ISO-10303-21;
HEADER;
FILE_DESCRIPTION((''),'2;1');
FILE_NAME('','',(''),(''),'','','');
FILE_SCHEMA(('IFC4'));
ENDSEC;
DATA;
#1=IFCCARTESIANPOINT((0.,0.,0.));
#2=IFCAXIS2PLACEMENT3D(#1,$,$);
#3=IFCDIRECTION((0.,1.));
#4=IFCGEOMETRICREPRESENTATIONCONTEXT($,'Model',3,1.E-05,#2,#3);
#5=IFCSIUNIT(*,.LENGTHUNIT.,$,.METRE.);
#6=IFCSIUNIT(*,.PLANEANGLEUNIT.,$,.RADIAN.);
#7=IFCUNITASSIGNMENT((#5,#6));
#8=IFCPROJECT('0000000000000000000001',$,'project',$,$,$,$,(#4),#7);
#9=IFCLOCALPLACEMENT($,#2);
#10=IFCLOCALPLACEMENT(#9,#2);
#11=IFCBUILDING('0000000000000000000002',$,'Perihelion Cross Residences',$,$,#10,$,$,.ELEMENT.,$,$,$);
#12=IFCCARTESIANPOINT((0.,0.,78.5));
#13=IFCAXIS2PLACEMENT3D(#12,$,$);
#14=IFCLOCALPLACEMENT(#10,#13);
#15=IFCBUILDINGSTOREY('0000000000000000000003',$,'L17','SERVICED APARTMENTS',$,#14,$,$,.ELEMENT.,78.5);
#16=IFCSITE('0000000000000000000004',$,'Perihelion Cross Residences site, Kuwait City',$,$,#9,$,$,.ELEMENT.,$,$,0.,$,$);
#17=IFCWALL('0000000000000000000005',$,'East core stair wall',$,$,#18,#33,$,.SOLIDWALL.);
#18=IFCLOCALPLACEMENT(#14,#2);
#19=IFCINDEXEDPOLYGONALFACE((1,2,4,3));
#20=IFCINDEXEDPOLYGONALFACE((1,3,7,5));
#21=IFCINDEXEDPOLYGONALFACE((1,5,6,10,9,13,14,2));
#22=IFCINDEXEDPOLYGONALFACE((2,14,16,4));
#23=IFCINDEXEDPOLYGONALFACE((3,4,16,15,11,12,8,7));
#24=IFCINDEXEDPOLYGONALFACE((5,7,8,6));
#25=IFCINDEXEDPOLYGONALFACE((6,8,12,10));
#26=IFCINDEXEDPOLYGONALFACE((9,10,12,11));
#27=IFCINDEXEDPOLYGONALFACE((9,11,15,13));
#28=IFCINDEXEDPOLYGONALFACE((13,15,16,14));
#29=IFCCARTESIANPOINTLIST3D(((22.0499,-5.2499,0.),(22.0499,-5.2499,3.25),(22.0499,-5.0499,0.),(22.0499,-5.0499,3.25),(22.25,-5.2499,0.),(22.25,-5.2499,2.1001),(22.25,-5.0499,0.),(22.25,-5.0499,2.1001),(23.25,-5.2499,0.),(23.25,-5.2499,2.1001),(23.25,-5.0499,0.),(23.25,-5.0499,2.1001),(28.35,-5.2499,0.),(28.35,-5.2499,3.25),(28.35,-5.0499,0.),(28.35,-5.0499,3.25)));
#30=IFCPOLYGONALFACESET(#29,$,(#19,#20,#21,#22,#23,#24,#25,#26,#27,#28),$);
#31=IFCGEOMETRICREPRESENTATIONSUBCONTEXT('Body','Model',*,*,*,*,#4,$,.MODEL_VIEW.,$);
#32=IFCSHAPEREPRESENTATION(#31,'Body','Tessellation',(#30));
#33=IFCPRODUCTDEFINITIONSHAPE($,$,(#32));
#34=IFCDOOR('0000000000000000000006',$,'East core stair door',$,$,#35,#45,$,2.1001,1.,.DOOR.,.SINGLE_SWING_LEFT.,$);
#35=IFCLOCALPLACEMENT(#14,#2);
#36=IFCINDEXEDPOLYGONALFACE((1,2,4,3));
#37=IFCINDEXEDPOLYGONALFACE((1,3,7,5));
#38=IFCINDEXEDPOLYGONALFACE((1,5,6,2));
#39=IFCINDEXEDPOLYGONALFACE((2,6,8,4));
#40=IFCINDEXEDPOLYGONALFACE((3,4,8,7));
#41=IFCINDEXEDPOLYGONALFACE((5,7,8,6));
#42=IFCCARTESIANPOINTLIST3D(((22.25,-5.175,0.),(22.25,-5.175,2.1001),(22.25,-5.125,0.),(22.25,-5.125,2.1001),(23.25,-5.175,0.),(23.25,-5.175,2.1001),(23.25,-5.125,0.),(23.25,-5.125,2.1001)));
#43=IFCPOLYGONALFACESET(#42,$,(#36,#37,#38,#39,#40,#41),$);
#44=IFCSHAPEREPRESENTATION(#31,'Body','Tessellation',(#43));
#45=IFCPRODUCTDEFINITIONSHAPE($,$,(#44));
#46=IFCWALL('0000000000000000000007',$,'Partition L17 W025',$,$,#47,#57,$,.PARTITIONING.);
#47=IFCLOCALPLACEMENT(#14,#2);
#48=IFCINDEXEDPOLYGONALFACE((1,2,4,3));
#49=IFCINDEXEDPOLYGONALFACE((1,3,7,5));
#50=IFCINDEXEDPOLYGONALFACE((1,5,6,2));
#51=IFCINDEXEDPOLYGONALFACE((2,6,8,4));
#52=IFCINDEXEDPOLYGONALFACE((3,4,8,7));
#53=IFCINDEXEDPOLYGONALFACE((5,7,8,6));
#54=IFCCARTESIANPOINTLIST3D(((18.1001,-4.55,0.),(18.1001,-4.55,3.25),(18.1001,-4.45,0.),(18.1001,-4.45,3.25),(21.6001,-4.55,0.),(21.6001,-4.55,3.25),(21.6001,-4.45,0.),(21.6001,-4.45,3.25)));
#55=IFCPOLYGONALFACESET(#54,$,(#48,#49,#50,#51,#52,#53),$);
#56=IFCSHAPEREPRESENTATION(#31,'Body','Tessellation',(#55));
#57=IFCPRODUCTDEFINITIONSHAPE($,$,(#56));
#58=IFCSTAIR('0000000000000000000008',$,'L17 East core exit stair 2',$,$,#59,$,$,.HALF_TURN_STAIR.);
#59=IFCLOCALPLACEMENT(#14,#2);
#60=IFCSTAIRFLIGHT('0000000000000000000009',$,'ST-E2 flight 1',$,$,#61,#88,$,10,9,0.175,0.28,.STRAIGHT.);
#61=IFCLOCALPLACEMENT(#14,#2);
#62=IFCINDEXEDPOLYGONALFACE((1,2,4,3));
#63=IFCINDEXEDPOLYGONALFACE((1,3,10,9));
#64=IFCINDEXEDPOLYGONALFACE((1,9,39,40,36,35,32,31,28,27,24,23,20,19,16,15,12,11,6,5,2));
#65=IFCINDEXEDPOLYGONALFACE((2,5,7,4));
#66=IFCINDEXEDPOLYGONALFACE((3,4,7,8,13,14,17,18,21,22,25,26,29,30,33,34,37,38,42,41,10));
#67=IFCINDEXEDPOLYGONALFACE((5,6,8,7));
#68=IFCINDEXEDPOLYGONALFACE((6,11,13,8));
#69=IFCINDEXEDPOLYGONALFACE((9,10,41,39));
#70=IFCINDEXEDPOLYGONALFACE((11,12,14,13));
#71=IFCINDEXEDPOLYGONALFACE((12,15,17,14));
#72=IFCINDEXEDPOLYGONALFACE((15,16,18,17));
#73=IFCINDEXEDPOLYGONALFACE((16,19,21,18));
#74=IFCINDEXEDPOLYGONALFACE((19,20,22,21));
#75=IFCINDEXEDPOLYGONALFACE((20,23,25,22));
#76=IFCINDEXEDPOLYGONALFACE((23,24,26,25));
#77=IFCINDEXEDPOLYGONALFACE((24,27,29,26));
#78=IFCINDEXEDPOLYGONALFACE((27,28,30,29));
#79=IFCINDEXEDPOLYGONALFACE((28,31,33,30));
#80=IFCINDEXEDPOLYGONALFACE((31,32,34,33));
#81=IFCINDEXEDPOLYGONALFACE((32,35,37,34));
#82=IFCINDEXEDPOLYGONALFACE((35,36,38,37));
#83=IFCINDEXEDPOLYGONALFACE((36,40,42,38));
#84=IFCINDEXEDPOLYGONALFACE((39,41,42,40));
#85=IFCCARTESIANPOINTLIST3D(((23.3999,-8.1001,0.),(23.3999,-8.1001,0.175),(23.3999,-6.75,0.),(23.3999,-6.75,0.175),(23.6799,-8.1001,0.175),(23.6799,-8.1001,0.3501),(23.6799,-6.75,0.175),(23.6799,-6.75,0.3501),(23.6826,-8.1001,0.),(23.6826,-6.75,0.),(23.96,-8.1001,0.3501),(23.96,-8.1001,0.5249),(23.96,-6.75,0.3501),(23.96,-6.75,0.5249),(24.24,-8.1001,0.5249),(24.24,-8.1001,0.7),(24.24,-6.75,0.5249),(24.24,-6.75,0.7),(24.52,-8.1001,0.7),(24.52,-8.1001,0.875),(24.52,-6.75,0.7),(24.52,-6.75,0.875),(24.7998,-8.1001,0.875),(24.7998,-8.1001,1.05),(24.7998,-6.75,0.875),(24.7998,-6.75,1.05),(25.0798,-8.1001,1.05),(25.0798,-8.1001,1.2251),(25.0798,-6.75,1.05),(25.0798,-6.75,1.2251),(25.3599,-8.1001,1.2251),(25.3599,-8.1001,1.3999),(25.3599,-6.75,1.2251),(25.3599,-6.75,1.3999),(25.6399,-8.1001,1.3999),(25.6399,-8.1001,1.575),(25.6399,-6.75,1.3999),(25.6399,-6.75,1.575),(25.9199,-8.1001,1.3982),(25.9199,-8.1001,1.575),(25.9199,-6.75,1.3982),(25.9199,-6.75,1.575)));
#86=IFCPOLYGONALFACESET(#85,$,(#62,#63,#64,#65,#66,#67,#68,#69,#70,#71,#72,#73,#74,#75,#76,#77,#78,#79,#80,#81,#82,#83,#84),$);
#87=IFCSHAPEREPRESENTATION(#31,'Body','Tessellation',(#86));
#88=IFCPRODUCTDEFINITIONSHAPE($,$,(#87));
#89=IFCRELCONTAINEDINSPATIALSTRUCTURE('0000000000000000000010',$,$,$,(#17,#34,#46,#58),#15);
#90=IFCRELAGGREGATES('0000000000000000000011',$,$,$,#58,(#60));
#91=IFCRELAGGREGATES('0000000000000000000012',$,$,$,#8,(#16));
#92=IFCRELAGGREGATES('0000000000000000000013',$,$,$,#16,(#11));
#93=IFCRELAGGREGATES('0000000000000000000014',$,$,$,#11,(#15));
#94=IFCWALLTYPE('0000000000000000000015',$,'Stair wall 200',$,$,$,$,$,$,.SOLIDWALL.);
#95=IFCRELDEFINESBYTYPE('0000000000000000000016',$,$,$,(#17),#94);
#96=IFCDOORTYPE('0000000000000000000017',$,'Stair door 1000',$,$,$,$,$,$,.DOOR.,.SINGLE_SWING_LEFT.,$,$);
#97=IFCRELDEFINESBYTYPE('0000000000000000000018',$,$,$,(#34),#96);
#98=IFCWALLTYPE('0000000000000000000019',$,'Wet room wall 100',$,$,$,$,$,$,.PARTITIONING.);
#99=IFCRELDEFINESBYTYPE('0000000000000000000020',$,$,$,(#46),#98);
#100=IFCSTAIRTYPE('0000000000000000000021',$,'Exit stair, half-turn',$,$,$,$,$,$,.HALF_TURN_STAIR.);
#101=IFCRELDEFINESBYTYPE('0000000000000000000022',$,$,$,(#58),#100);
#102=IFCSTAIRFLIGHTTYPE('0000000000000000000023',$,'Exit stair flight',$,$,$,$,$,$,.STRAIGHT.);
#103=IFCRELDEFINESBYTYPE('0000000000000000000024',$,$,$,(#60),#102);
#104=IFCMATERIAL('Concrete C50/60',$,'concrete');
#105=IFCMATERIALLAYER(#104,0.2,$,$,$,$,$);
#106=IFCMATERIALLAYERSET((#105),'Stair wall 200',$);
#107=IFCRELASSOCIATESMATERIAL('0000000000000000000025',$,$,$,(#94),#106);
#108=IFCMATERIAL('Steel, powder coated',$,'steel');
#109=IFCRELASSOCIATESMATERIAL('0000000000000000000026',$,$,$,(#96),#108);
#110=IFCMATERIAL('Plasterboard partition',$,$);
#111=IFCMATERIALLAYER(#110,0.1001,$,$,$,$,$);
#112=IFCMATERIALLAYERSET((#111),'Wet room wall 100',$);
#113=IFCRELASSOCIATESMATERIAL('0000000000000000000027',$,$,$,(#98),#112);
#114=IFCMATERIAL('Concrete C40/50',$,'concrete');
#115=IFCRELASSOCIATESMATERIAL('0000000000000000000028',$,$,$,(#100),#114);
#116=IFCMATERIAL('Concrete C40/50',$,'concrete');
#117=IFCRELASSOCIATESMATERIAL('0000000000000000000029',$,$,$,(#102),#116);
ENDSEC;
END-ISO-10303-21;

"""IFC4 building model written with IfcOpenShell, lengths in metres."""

from ifc_helpers import new_model, si_unit, direction, frame, frame_2d, origin, place, context, subcontext, project, spatial, polyline, rectangle, outline, extrude, material, layer, layer_set, type_object, element, fill, aggregate, save


model = new_model("IFC4")

# Units and contexts
model_context = context("Model", 3, precision=1e-05, world=origin(), true_north=direction((0.0, 1.0)))
body_context = subcontext(model_context, "Body", "Model", "MODEL_VIEW")
ifc_project = project(units=[si_unit("LENGTHUNIT", "METRE"), si_unit("PLANEANGLEUNIT", "RADIAN")], contexts=[model_context])

# Site, building, storey
site_placement = place(None, origin())
site = spatial("IfcSite", under=ifc_project, at=site_placement, Name="Perihelion Cross Residences site, Kuwait City", CompositionType="ELEMENT", RefElevation=0.0)
building_placement = place(site_placement, origin())
building = spatial("IfcBuilding", under=site, at=building_placement, Name="Perihelion Cross Residences", CompositionType="ELEMENT")
storey_placement = place(building_placement, frame((0.0, 0.0, 78.5)))
storey = spatial("IfcBuildingStorey", under=building, at=storey_placement, Name="L17", Description="SERVICED APARTMENTS", CompositionType="ELEMENT", Elevation=78.5)

# Wall, opening, door
ifc_material_1 = material(Name="Concrete C50/60", Category="concrete")
ifc_layer_1 = layer(ifc_material_1, 0.2)
ifc_layer_set_1 = layer_set([ifc_layer_1], Name="Stair wall 200")
wall_type_1 = type_object("IfcWallType", Name="Stair wall 200", PredefinedType="SOLIDWALL", material=ifc_layer_set_1)
wall_1_placement = place(storey_placement, frame((22.05, -5.1499, 0.0), z_axis=(0.0, 0.0, 1.0), x_axis=(1.0, 0.0, 0.0)))
wall_1 = element("IfcWall", 1, at=wall_1_placement, inside=storey, type_object=wall_type_1, Name="East core stair wall", PredefinedType="SOLIDWALL", context=body_context, shape_type="SweptSolid", body=[
    extrude(rectangle(XDim=6.3, YDim=0.2, at=frame_2d((3.1499, 0.0))), origin(), (0.0, 0.0, 1.0), 3.25),
])
opening_1_placement = place(wall_1_placement, frame((0.2, 0.0, 0.0)))
opening_1 = element("IfcOpeningElement", 2, at=opening_1_placement, cuts=wall_1, PredefinedType="OPENING", context=body_context, shape_type="SweptSolid", body=[
    extrude(rectangle(XDim=1.0, YDim=2.1001, at=frame_2d((0.5, 1.05))), frame((0.0, 0.1099, 0.0), z_axis=(0.0, -1.0, 0.0), x_axis=(1.0, 0.0, 0.0)), (0.0, 0.0, 1.0), 0.22),
])
ifc_material_2 = material(Name="Steel, powder coated", Category="steel")
door_type_1 = type_object("IfcDoorType", Name="Stair door 1000", OperationType="SINGLE_SWING_LEFT", PredefinedType="DOOR", material=ifc_material_2)
door_1_placement = place(opening_1_placement, origin())
door_1 = element("IfcDoor", 3, at=door_1_placement, inside=storey, type_object=door_type_1, Name="East core stair door", OperationType="SINGLE_SWING_LEFT", OverallHeight=2.1001, OverallWidth=1.0, PredefinedType="DOOR", context=body_context, shape_type="SweptSolid", body=[
    extrude(rectangle(XDim=1.0, YDim=2.1001, at=frame_2d((0.5, 1.05))), frame((0.0, 0.0249, 0.0), z_axis=(0.0, -1.0, 0.0), x_axis=(1.0, 0.0, 0.0)), (0.0, 0.0, 1.0), 0.05),
])
fill(opening_1, door_1)

# Wall
ifc_material_3 = material(Name="Plasterboard partition")
ifc_layer_2 = layer(ifc_material_3, 0.1001)
ifc_layer_set_2 = layer_set([ifc_layer_2], Name="Wet room wall 100")
wall_type_2 = type_object("IfcWallType", Name="Wet room wall 100", PredefinedType="PARTITIONING", material=ifc_layer_set_2)
wall_2_placement = place(storey_placement, frame((21.6001, -4.5, 0.0), z_axis=(0.0, 0.0, 1.0), x_axis=(-1.0, 0.0, 0.0)))
element("IfcWall", 4, at=wall_2_placement, inside=storey, type_object=wall_type_2, Name="Partition L17 W025", PredefinedType="PARTITIONING", context=body_context, shape_type="SweptSolid", body=[
    extrude(rectangle(XDim=3.5, YDim=0.1001, at=frame_2d((1.75, 0.0))), origin(), (0.0, 0.0, 1.0), 3.25),
])

# Stair, stair flight
ifc_material_4 = material(Name="Concrete C40/50", Category="concrete")
stair_type = type_object("IfcStairType", Name="Exit stair, half-turn", PredefinedType="HALF_TURN_STAIR", material=ifc_material_4)
stair_placement = place(storey_placement, origin())
stair = element("IfcStair", 5, at=stair_placement, inside=storey, type_object=stair_type, Name="L17 East core exit stair 2", PredefinedType="HALF_TURN_STAIR")
ifc_material_5 = material(Name="Concrete C40/50", Category="concrete")
stair_flight_type = type_object("IfcStairFlightType", Name="Exit stair flight", PredefinedType="STRAIGHT", material=ifc_material_5)
stair_flight_placement = place(storey_placement, frame((23.3999, -7.425, 0.0), z_axis=(0.0, 0.0, 1.0), x_axis=(1.0, 0.0, 0.0)))
stair_flight = element("IfcStairFlight", 6, at=stair_flight_placement, type_object=stair_flight_type, Name="ST-E2 flight 1", NumberOfRisers=10, NumberOfTreads=9, PredefinedType="STRAIGHT", RiserHeight=0.175, TreadLength=0.28, context=body_context, shape_type="SweptSolid", body=[
    extrude(outline(polyline([(0.0, 0.0), (0.0, 0.175), (0.28, 0.175), (0.28, 0.3501), (0.5601, 0.3501), (0.5601, 0.5249), (0.8401, 0.5249), (0.8401, 0.7), (1.1201, 0.7), (1.1201, 0.875), (1.3999, 0.875), (1.3999, 1.05), (1.6799, 1.05), (1.6799, 1.2251), (1.96, 1.2251), (1.96, 1.3999), (2.24, 1.3999), (2.24, 1.575), (2.52, 1.575), (2.52, 1.75), (2.52, 1.3982), (0.2827, 0.0), (0.0, 0.0)])), frame((0.0, 0.675, 0.0), z_axis=(0.0, -1.0, 0.0), x_axis=(1.0, 0.0, 0.0)), (0.0, 0.0, 1.0), 1.3501),
])
aggregate(stair, [stair_flight])

save(model, "model.ifc")
